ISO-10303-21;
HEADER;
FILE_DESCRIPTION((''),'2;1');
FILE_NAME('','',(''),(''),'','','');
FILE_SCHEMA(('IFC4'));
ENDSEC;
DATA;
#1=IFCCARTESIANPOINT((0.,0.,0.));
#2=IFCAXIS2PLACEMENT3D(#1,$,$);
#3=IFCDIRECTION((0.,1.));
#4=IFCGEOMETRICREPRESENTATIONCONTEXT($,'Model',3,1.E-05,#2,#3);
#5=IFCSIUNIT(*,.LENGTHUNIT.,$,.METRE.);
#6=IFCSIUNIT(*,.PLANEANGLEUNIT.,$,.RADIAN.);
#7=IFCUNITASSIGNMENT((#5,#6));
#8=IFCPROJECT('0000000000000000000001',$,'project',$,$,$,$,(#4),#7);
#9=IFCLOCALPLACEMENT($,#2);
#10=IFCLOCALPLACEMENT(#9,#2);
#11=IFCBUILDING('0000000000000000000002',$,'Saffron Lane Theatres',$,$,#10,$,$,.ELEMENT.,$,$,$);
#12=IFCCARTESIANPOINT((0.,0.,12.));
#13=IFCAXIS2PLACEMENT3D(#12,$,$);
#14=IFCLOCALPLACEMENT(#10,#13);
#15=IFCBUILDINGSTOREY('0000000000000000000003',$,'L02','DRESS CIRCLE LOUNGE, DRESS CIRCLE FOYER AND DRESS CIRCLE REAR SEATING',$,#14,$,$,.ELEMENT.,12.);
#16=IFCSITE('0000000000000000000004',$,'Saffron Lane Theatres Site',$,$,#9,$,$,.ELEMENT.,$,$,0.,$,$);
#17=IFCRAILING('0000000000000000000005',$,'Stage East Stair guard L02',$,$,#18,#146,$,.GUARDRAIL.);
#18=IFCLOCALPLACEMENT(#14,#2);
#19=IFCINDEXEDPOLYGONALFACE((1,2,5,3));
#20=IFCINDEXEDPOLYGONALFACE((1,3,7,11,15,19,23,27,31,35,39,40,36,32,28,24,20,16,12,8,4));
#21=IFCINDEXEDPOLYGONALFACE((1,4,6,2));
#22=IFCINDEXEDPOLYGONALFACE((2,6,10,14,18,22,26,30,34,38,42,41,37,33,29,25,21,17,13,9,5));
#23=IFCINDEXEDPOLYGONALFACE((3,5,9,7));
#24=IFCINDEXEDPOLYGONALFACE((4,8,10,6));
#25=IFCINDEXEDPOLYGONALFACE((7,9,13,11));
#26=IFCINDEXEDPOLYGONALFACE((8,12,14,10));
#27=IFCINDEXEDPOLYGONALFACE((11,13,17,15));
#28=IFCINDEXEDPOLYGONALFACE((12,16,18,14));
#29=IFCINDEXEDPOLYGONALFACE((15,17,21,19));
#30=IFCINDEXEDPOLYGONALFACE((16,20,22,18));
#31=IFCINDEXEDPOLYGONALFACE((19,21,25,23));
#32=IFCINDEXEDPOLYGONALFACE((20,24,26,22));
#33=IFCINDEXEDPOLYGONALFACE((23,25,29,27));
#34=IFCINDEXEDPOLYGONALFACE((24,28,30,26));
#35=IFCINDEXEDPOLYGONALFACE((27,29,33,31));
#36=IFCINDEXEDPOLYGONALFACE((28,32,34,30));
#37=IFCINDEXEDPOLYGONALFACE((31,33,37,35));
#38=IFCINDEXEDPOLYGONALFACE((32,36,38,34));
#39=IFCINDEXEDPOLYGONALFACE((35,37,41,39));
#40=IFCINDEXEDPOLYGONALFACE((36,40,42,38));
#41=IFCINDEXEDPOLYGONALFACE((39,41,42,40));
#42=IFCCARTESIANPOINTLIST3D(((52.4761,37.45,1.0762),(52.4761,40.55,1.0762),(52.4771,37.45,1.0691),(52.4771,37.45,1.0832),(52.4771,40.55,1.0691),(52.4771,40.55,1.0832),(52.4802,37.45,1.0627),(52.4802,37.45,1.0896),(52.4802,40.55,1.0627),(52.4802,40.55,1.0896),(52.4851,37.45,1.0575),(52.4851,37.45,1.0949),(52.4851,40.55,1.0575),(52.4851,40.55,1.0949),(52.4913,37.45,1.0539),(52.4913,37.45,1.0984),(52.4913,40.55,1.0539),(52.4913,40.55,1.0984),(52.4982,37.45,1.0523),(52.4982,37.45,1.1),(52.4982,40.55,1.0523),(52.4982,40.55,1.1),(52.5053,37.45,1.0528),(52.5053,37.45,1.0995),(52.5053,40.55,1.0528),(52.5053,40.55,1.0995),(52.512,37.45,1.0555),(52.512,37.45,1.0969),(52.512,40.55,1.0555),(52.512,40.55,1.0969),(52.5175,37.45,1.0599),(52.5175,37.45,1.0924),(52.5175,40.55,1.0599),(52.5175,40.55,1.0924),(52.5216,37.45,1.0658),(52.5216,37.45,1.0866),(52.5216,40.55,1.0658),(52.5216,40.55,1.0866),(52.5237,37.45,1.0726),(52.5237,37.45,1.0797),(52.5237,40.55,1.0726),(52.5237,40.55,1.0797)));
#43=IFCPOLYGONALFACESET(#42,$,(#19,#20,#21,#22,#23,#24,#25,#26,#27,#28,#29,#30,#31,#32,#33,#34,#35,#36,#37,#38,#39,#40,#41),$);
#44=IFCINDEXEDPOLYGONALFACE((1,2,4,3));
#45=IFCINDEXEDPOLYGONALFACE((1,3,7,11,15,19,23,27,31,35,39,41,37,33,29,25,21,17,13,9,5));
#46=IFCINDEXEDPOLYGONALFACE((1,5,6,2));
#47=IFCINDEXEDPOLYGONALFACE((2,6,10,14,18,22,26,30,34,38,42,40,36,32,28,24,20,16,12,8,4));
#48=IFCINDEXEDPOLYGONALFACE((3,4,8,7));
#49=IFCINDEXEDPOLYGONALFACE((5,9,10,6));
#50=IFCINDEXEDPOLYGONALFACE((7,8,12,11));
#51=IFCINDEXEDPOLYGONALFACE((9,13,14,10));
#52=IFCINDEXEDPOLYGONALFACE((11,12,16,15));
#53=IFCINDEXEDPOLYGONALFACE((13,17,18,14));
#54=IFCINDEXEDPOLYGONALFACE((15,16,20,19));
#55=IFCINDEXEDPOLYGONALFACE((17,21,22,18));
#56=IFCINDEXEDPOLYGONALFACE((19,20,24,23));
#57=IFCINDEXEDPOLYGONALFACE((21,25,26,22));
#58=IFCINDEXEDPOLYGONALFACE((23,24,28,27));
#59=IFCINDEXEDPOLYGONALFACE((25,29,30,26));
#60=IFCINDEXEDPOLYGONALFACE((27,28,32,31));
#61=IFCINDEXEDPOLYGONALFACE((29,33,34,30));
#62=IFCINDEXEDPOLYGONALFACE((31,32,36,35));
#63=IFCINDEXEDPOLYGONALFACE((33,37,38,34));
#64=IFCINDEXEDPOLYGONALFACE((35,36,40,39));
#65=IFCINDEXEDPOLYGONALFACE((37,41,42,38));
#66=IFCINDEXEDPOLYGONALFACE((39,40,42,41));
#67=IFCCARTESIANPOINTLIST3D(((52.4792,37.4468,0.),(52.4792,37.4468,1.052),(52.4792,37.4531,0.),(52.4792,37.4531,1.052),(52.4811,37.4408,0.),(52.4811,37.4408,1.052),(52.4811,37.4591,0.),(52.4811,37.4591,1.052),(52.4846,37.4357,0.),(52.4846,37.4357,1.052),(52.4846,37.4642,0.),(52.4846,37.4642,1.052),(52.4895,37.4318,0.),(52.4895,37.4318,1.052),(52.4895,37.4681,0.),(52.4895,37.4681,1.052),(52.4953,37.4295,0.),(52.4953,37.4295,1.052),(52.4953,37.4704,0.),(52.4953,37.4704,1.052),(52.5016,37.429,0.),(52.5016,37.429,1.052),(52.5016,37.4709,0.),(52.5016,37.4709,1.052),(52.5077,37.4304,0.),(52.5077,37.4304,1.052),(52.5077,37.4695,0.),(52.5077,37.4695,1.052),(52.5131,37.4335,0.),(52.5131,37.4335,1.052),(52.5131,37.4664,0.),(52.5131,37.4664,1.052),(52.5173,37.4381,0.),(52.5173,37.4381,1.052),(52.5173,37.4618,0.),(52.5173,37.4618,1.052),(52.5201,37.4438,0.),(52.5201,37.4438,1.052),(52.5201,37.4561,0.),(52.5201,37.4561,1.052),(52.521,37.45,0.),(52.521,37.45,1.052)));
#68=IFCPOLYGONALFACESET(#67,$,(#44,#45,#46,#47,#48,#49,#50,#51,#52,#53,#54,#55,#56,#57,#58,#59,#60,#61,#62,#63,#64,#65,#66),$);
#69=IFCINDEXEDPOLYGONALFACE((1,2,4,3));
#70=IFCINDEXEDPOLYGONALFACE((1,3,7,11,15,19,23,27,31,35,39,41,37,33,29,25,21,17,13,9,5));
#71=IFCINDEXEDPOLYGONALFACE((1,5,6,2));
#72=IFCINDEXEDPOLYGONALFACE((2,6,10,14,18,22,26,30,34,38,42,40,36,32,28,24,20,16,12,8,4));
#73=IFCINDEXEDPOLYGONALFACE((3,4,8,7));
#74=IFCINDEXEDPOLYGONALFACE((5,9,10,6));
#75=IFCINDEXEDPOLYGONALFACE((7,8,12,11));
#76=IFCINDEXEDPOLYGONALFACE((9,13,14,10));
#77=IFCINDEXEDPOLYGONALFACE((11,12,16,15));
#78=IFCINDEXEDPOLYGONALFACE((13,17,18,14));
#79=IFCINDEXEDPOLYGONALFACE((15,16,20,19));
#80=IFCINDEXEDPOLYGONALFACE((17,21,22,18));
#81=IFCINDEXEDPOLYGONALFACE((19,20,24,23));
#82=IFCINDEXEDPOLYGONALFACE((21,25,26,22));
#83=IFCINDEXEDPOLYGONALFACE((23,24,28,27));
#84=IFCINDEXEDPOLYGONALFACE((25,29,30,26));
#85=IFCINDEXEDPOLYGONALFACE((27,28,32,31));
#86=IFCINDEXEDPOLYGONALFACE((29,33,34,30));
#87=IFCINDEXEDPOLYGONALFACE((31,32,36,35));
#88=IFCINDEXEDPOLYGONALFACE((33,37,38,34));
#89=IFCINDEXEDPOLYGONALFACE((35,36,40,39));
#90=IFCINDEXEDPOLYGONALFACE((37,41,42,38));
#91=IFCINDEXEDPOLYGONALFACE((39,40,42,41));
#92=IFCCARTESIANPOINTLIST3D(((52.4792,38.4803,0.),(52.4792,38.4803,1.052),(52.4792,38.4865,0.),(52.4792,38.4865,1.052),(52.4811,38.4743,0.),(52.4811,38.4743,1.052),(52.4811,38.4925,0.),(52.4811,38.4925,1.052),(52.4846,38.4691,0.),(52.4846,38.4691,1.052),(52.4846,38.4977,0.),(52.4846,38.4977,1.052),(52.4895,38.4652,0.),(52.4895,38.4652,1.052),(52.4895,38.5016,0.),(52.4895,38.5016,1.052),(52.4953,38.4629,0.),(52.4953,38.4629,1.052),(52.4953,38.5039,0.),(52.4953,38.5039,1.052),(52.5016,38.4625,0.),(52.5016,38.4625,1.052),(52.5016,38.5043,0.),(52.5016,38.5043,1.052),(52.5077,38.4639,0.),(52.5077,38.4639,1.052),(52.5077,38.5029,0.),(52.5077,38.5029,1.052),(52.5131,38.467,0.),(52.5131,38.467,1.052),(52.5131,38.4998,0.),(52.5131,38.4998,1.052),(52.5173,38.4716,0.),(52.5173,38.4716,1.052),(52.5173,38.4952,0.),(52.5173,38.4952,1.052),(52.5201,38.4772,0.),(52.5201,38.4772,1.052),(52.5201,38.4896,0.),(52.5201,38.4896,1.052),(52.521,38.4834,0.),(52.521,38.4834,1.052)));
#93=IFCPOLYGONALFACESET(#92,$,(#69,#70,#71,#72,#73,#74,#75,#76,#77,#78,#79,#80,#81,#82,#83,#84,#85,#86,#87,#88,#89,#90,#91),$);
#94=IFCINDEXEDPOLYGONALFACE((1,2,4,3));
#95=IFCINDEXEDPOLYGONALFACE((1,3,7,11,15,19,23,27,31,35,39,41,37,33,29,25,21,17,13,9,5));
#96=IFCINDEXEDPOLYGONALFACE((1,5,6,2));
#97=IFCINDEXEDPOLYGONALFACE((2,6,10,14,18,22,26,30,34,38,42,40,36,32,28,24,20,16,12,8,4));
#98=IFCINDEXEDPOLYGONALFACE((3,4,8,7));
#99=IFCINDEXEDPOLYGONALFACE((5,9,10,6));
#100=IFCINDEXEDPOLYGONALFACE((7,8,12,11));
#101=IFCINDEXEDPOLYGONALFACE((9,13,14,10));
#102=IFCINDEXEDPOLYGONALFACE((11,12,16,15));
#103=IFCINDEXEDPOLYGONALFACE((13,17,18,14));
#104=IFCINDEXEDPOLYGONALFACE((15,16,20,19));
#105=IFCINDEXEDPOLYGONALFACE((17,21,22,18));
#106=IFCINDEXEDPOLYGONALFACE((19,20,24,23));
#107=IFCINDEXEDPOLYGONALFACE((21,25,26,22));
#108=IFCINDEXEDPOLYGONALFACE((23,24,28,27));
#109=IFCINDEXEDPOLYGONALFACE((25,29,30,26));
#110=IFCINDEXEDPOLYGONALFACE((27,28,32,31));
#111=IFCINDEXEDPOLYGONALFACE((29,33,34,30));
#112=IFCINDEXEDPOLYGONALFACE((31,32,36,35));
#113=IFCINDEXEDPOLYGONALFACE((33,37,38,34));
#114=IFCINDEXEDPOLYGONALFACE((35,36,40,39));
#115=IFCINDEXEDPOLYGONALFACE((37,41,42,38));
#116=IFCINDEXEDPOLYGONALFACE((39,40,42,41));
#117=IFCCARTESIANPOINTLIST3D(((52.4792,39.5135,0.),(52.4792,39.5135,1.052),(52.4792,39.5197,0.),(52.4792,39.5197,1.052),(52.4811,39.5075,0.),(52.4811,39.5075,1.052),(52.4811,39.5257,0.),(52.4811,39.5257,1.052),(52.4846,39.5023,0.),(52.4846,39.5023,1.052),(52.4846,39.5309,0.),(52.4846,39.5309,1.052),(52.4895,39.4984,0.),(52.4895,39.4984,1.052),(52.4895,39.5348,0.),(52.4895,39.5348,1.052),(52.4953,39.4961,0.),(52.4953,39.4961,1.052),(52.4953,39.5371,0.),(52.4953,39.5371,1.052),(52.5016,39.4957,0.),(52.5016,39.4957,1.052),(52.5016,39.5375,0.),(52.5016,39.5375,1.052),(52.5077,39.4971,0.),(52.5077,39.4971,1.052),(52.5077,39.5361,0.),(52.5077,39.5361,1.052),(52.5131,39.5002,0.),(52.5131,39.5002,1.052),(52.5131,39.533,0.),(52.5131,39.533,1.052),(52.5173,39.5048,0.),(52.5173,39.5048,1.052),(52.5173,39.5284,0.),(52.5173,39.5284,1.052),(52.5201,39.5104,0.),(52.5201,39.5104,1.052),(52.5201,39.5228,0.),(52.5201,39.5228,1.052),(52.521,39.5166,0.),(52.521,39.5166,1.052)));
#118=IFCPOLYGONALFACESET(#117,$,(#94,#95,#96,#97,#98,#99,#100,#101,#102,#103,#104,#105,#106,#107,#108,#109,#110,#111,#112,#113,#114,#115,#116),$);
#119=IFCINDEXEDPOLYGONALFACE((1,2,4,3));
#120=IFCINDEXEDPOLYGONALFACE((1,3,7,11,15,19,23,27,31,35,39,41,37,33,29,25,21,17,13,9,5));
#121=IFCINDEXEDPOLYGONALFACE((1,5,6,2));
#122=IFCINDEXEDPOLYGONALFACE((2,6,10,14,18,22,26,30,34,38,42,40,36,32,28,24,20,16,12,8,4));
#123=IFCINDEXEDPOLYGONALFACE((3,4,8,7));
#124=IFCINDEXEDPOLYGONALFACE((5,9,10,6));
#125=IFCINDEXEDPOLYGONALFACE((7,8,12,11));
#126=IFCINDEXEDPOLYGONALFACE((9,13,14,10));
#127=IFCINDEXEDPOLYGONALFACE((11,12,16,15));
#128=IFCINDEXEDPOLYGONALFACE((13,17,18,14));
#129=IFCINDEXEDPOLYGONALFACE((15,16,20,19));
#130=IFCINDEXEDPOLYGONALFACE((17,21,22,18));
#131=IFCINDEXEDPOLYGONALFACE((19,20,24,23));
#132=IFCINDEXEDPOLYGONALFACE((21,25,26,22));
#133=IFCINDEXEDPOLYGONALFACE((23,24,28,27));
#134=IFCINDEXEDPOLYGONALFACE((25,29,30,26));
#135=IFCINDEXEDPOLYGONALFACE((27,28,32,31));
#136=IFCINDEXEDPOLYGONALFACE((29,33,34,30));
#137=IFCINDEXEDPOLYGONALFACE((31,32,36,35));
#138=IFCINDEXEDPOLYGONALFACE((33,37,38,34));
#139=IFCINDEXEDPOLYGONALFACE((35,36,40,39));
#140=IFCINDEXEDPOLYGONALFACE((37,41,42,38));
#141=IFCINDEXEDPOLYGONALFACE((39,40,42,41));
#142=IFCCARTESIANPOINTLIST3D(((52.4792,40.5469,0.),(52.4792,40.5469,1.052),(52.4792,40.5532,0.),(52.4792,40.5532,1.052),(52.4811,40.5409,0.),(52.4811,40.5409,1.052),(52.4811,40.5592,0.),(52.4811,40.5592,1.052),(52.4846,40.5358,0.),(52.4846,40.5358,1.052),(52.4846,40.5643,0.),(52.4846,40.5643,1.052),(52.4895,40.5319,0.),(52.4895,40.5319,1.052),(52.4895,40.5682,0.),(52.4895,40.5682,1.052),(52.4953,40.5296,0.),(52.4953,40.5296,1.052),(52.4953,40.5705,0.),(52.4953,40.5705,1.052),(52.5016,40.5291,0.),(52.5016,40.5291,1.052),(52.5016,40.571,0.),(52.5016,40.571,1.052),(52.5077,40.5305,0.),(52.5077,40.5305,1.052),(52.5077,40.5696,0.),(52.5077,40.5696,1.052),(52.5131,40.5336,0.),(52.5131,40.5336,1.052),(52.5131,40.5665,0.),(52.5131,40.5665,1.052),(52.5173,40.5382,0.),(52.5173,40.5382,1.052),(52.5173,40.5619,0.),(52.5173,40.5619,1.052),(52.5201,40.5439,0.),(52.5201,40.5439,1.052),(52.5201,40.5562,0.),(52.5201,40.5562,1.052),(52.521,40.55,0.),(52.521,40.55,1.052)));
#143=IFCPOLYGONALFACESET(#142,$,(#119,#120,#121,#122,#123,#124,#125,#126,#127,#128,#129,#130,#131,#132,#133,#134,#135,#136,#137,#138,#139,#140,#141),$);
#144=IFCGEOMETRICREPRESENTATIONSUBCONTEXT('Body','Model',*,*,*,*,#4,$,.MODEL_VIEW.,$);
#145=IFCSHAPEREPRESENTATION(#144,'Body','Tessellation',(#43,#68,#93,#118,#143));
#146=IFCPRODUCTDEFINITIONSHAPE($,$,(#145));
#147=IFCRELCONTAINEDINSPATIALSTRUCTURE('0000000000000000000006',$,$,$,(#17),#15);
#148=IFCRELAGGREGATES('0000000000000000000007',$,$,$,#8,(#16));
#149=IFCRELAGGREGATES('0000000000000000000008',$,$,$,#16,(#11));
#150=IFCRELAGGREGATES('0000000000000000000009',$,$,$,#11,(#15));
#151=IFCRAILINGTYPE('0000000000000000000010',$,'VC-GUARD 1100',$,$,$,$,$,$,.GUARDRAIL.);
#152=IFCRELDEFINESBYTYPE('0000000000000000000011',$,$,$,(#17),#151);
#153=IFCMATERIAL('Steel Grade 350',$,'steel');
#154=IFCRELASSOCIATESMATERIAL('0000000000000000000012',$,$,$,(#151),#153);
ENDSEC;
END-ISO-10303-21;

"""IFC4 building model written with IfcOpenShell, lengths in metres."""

from ifc_helpers import new_model, si_unit, direction, frame, origin, origin_2d, place, context, subcontext, project, spatial, circle, extrude, material, type_object, element, save


model = new_model("IFC4")

# Units and contexts
model_context = context("Model", 3, precision=1e-05, world=origin(), true_north=direction((0.0, 1.0)))
body_context = subcontext(model_context, "Body", "Model", "MODEL_VIEW")
ifc_project = project(units=[si_unit("LENGTHUNIT", "METRE"), si_unit("PLANEANGLEUNIT", "RADIAN")], contexts=[model_context])

# Site, building, storey
site_placement = place(None, origin())
site = spatial("IfcSite", under=ifc_project, at=site_placement, Name="Saffron Lane Theatres Site", CompositionType="ELEMENT", RefElevation=0.0)
building_placement = place(site_placement, origin())
building = spatial("IfcBuilding", under=site, at=building_placement, Name="Saffron Lane Theatres", CompositionType="ELEMENT")
storey_placement = place(building_placement, frame((0.0, 0.0, 12.0)))
storey = spatial("IfcBuildingStorey", under=building, at=storey_placement, Name="L02", Description="DRESS CIRCLE LOUNGE, DRESS CIRCLE FOYER AND DRESS CIRCLE REAR SEATING", CompositionType="ELEMENT", Elevation=12.0)

# Railing
ifc_material_1 = material(Name="Steel Grade 350", Category="steel")
railing_type_1 = type_object("IfcRailingType", Name="VC-GUARD 1100", PredefinedType="GUARDRAIL", material=ifc_material_1)
railing_1_placement = place(storey_placement, frame((52.5, 37.45, 0.0)))
element("IfcRailing", 1, at=railing_1_placement, inside=storey, type_object=railing_type_1, Name="Stage East Stair guard L02", PredefinedType="GUARDRAIL", context=body_context, shape_type="SweptSolid", body=[
    extrude(circle(Radius=0.0239, at=origin_2d()), frame((0.0, 0.0, 1.0762), z_axis=(0.0, 1.0, 0.0), x_axis=(-1.0, 0.0, 0.0)), (0.0, 0.0, 1.0), 3.1001),
    extrude(circle(Radius=0.021, at=origin_2d()), origin(), (0.0, 0.0, 1.0), 1.052),
    extrude(circle(Radius=0.021, at=origin_2d()), frame((0.0, 1.0334, 0.0)), (0.0, 0.0, 1.0), 1.052),
    extrude(circle(Radius=0.021, at=origin_2d()), frame((0.0, 2.0667, 0.0)), (0.0, 0.0, 1.0), 1.052),
    extrude(circle(Radius=0.021, at=origin_2d()), frame((0.0, 3.1001, 0.0)), (0.0, 0.0, 1.0), 1.052),
])

save(model, "model.ifc")
